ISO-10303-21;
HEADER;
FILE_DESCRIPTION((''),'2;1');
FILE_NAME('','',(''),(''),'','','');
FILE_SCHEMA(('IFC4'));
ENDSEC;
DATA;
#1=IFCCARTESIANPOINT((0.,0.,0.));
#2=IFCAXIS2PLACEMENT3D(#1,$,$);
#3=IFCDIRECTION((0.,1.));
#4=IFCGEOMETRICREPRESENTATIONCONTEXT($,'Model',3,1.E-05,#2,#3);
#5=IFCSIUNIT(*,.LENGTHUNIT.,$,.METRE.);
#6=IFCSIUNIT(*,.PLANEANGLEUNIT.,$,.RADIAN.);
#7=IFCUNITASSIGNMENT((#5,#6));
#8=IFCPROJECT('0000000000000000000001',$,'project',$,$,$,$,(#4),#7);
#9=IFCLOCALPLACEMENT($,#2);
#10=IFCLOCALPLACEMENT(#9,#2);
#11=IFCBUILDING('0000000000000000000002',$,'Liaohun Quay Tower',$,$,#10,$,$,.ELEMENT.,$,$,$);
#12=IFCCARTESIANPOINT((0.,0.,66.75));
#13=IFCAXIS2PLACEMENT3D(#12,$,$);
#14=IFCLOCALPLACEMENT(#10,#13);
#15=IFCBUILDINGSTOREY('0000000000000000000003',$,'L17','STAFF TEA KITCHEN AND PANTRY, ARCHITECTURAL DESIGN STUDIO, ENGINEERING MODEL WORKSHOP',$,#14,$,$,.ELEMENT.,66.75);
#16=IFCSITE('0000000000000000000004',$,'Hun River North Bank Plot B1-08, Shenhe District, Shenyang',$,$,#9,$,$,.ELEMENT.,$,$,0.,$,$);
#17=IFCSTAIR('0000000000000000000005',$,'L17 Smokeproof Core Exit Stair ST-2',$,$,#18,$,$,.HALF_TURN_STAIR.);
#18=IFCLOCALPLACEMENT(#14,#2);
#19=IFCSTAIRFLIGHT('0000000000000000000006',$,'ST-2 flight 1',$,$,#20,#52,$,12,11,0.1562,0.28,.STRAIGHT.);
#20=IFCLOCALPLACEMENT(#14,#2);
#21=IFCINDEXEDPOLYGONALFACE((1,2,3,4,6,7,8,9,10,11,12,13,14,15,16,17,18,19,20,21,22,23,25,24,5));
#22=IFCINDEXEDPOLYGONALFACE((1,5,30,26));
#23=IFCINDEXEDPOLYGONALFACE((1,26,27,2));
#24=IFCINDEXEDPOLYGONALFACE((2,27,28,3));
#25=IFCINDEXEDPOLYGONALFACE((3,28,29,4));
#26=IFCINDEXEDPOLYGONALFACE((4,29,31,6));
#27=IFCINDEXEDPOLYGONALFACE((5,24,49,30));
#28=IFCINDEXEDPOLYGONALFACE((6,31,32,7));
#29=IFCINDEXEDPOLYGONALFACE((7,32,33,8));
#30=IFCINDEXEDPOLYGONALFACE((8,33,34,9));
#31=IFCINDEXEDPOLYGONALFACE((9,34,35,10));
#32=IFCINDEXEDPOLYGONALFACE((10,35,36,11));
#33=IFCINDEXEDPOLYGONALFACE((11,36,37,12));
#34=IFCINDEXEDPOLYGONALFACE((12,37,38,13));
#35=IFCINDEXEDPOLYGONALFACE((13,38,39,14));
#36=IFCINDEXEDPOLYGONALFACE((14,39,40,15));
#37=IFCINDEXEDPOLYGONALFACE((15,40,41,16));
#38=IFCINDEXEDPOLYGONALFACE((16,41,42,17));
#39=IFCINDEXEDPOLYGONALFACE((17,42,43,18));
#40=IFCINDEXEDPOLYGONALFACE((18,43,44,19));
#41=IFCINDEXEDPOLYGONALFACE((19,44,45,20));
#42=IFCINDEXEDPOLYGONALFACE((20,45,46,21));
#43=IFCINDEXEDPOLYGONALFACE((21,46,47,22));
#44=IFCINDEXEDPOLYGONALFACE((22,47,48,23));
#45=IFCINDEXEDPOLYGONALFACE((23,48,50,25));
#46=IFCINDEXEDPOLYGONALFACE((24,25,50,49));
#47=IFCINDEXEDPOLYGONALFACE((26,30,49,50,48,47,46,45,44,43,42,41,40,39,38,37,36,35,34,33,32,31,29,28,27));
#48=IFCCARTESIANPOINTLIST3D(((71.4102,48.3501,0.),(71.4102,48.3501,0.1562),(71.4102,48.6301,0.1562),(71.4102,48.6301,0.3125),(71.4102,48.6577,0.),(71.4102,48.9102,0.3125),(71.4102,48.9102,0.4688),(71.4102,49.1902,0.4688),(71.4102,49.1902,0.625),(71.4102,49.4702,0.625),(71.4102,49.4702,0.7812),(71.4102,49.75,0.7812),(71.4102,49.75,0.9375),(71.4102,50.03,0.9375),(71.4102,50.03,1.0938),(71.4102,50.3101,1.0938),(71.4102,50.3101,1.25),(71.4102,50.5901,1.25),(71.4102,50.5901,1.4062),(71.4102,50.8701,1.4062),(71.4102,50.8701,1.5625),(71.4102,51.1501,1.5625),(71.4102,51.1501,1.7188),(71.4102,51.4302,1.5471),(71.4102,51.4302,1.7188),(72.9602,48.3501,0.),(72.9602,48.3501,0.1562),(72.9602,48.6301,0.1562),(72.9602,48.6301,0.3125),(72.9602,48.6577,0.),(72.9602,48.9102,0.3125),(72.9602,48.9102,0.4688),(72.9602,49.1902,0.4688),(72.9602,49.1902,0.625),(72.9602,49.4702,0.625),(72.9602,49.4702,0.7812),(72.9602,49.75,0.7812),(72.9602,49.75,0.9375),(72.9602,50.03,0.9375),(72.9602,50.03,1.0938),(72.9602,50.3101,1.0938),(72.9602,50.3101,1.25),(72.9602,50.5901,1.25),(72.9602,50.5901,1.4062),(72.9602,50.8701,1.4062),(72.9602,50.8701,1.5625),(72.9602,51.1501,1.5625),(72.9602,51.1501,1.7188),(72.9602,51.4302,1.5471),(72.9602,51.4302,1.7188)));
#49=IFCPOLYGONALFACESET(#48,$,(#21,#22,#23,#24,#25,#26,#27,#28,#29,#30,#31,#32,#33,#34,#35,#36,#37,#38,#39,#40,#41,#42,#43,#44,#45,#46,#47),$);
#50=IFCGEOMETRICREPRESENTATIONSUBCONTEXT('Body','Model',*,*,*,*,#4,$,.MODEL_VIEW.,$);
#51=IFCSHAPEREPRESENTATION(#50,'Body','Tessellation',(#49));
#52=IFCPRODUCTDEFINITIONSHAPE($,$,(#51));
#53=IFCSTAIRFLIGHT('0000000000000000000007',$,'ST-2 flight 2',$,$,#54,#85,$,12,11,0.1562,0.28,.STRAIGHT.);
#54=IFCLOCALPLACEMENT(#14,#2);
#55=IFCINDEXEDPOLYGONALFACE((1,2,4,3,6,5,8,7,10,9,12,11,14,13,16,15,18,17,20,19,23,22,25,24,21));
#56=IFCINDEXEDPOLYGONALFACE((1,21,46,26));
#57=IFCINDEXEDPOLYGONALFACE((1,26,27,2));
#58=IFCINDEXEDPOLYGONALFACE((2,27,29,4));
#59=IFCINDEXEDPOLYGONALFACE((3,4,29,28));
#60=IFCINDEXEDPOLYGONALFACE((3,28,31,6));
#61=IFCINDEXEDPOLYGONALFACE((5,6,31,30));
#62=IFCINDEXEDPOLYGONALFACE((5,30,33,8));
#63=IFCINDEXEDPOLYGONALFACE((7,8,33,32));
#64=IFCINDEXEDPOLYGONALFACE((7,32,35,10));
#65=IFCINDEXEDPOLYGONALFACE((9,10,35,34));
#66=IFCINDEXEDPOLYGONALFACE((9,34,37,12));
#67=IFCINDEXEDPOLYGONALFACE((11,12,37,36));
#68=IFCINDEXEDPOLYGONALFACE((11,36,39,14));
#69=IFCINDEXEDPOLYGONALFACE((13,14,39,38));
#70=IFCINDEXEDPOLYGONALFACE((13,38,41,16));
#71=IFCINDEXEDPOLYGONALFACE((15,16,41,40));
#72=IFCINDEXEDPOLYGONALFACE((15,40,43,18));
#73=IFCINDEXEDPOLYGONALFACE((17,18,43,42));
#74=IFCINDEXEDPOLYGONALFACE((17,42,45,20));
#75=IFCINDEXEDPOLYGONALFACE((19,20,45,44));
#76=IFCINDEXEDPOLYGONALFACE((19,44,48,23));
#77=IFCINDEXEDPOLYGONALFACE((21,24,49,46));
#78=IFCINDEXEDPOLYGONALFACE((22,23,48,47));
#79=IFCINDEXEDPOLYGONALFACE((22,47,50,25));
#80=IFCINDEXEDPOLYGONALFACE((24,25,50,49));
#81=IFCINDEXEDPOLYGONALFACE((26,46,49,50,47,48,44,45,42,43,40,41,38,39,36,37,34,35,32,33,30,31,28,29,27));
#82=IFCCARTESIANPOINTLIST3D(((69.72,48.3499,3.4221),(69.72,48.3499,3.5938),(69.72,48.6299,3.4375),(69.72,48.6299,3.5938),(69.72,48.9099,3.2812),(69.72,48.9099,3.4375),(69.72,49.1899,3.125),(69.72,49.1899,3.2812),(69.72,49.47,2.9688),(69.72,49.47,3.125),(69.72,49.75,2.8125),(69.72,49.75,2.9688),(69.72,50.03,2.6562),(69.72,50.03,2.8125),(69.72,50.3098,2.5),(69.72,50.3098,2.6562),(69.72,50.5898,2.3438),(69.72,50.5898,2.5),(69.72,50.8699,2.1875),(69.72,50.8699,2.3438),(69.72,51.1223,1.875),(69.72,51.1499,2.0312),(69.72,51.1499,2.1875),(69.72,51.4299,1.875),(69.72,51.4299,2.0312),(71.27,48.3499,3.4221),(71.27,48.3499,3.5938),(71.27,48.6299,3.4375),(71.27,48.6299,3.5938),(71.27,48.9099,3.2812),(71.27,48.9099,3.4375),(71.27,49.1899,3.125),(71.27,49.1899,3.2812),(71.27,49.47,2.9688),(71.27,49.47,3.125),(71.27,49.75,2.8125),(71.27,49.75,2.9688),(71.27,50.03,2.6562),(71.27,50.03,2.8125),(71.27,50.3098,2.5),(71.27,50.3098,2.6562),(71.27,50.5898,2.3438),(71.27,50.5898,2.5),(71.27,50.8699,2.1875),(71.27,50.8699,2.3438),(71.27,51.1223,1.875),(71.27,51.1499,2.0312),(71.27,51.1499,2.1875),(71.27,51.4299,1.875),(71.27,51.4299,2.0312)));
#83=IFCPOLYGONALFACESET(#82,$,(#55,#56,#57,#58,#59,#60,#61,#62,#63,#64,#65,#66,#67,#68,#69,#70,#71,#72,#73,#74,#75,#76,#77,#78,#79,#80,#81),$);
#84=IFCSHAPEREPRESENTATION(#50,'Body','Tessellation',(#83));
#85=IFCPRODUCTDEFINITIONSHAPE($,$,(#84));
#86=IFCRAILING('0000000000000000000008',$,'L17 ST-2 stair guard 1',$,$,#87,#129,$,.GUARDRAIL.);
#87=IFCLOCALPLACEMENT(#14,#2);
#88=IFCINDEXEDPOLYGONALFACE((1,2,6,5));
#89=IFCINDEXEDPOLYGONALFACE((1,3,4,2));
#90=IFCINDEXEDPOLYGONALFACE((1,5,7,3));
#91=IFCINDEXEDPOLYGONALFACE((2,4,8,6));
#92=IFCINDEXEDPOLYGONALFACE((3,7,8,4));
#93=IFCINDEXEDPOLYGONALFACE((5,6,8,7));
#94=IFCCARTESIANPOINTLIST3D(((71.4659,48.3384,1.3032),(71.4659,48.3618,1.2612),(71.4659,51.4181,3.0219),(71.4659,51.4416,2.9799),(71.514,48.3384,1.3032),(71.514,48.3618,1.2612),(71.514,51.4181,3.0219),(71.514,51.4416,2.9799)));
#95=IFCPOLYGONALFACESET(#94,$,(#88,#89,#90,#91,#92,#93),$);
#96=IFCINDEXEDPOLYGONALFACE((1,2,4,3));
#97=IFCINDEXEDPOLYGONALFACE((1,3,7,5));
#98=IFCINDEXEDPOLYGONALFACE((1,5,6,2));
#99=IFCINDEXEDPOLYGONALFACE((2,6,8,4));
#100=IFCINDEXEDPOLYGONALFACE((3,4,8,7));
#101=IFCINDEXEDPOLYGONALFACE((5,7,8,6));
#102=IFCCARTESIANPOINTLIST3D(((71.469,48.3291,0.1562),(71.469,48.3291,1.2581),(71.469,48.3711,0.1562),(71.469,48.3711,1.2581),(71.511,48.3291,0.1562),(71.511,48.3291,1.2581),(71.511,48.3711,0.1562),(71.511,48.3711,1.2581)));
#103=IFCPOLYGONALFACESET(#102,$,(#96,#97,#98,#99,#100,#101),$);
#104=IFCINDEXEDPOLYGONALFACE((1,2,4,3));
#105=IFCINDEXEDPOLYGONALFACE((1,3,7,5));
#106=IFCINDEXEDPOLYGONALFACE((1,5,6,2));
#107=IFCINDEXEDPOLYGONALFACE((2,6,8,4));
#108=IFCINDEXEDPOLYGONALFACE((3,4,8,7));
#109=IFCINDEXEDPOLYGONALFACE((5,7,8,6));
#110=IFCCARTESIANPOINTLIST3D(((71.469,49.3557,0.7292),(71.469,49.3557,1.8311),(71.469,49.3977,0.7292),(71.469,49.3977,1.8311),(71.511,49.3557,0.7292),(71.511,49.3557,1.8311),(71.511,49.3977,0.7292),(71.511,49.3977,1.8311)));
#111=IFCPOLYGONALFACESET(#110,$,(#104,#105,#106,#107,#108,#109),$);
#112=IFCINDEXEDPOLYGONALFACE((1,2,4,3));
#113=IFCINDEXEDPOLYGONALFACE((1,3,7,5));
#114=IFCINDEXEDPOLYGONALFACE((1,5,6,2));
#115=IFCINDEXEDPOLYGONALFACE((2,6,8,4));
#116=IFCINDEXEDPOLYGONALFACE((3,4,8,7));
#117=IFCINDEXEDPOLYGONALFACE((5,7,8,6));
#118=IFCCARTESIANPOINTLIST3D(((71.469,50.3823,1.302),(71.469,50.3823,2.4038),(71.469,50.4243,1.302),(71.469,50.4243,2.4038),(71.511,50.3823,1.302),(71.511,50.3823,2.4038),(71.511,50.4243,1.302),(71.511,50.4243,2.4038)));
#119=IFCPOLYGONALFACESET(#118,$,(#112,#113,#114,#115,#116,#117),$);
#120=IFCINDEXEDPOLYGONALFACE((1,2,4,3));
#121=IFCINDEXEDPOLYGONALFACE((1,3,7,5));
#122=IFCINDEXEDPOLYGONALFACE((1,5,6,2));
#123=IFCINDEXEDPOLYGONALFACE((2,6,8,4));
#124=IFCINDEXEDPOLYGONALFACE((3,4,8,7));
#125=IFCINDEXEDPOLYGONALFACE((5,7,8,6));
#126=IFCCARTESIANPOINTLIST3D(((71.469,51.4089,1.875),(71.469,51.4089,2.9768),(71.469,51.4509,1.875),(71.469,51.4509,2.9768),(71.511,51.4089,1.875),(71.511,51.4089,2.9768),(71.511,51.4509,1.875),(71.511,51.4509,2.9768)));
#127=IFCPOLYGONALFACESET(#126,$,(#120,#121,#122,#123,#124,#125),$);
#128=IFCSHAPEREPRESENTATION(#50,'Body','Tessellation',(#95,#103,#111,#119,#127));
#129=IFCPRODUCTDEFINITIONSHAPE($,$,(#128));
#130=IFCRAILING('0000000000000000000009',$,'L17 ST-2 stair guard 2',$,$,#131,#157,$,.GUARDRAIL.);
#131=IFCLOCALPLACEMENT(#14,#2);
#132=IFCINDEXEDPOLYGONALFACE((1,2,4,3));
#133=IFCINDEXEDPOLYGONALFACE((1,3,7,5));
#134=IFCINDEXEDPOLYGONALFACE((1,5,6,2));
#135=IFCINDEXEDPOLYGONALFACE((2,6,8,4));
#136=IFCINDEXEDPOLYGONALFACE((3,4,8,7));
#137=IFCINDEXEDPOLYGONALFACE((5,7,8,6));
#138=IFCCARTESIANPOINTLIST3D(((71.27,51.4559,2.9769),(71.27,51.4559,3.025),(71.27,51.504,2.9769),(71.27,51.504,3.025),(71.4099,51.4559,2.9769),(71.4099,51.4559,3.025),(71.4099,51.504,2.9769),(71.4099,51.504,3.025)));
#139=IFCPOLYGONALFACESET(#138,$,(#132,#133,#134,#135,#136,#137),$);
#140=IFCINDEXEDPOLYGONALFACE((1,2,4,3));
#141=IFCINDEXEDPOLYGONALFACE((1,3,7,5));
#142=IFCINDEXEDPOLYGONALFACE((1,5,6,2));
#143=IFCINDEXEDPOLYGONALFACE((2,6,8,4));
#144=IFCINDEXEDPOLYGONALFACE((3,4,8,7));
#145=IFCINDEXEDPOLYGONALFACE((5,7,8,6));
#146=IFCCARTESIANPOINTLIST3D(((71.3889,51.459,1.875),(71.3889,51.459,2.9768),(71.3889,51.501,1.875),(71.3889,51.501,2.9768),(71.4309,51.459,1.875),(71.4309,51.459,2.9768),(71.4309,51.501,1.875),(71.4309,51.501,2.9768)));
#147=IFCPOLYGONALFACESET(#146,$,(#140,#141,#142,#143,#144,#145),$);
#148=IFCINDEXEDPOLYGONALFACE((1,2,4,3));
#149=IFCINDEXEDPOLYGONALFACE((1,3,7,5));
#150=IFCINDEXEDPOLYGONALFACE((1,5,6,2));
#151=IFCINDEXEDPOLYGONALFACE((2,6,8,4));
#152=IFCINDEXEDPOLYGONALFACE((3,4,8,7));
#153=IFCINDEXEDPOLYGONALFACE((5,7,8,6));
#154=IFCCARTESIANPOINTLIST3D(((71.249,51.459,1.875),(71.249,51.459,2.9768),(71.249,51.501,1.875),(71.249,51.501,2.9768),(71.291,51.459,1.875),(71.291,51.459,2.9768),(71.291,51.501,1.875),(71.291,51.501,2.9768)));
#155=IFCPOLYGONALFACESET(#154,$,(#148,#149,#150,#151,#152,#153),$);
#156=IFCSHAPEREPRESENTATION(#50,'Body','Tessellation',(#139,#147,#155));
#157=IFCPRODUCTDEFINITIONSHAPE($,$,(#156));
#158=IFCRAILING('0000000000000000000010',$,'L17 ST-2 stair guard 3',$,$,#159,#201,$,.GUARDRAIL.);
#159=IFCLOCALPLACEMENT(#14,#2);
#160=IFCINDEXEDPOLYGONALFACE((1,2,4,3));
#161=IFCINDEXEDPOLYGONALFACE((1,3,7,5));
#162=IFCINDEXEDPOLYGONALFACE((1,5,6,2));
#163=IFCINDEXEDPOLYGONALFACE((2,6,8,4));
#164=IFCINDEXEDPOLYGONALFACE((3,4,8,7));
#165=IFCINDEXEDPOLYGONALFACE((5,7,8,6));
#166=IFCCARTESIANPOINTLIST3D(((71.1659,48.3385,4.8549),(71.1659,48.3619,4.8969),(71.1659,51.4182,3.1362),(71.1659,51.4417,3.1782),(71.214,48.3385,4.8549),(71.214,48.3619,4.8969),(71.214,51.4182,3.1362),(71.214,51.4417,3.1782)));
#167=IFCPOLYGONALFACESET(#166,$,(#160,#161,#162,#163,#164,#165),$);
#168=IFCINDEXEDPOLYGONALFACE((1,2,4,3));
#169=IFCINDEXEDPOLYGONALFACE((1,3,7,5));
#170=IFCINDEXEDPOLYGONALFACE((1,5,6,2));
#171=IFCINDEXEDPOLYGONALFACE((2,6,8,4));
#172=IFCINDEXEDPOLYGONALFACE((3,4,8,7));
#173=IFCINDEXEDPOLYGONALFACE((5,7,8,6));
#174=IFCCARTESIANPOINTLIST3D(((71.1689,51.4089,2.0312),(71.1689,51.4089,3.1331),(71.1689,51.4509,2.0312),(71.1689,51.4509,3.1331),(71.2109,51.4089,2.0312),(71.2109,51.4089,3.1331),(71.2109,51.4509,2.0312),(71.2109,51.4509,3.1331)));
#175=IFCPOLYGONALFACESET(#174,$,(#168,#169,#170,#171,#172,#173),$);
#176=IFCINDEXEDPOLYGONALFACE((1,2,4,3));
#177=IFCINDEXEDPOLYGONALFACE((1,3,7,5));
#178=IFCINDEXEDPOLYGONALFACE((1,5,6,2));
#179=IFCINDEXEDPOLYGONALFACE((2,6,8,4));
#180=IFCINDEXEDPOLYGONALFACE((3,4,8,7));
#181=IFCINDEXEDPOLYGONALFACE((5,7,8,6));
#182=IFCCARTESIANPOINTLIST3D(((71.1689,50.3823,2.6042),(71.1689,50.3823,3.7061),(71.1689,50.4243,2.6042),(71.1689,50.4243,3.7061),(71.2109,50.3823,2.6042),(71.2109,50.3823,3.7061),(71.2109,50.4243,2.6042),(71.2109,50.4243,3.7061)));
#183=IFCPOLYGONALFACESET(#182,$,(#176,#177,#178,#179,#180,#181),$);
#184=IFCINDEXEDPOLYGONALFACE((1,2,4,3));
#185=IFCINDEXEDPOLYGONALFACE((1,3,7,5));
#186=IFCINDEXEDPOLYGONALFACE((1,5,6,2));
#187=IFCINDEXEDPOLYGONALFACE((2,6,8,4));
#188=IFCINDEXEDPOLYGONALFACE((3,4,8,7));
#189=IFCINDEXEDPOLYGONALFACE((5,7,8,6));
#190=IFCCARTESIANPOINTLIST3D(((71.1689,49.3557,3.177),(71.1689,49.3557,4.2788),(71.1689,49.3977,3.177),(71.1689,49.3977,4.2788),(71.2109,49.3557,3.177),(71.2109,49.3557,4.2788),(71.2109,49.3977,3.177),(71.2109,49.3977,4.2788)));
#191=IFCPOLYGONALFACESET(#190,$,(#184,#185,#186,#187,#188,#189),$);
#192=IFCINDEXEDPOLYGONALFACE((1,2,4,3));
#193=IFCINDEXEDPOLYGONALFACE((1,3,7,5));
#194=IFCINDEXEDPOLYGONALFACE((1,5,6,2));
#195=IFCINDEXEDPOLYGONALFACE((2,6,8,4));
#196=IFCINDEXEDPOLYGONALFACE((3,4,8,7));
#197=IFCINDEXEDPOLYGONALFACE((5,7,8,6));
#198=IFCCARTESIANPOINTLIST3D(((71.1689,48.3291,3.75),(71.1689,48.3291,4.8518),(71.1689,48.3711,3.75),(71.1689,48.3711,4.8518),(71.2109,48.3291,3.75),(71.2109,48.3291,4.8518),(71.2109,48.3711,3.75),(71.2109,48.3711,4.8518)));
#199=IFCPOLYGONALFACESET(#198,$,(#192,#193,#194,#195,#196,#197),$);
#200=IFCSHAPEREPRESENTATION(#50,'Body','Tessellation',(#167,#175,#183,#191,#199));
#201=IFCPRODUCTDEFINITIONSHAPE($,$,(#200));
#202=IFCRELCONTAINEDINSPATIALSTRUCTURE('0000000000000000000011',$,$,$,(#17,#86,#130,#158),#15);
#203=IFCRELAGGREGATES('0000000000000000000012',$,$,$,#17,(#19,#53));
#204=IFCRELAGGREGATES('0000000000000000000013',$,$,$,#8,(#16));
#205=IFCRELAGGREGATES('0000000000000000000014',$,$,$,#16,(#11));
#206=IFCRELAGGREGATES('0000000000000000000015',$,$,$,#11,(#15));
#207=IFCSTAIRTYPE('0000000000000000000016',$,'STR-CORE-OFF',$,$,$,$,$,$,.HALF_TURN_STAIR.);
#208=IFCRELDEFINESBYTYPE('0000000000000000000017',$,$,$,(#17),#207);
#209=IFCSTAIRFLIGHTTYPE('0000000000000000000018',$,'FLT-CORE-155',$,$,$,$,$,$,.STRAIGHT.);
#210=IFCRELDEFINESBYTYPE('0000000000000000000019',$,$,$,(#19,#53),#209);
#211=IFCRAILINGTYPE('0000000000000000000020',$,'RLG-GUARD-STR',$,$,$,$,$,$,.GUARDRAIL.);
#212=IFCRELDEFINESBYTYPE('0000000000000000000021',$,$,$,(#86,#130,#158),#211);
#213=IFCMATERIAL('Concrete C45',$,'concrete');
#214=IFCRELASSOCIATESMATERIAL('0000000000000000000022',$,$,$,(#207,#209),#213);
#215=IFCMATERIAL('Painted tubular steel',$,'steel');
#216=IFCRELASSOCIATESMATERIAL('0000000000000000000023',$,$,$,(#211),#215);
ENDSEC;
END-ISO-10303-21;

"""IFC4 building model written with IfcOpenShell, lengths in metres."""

from ifc_helpers import new_model, si_unit, direction, frame, origin, origin_2d, place, context, subcontext, project, spatial, polyline, rectangle, outline, extrude, material, type_object, element, aggregate, save


model = new_model("IFC4")

# Units and contexts
model_context = context("Model", 3, precision=1e-05, world=origin(), true_north=direction((0.0, 1.0)))
body_context = subcontext(model_context, "Body", "Model", "MODEL_VIEW")
ifc_project = project(units=[si_unit("LENGTHUNIT", "METRE"), si_unit("PLANEANGLEUNIT", "RADIAN")], contexts=[model_context])

# Site, building, storey
site_placement = place(None, origin())
site = spatial("IfcSite", under=ifc_project, at=site_placement, Name="Hun River North Bank Plot B1-08, Shenhe District, Shenyang", CompositionType="ELEMENT", RefElevation=0.0)
building_placement = place(site_placement, origin())
building = spatial("IfcBuilding", under=site, at=building_placement, Name="Liaohun Quay Tower", CompositionType="ELEMENT")
storey_placement = place(building_placement, frame((0.0, 0.0, 66.75)))
storey = spatial("IfcBuildingStorey", under=building, at=storey_placement, Name="L17", Description="STAFF TEA KITCHEN AND PANTRY, ARCHITECTURAL DESIGN STUDIO, ENGINEERING MODEL WORKSHOP", CompositionType="ELEMENT", Elevation=66.75)

# Stair, stair flights
ifc_material_1 = material(Name="Concrete C45", Category="concrete")
stair_type = type_object("IfcStairType", Name="STR-CORE-OFF", PredefinedType="HALF_TURN_STAIR", material=ifc_material_1)
stair_placement = place(storey_placement, origin())
stair = element("IfcStair", 1, at=stair_placement, inside=storey, type_object=stair_type, Name="L17 Smokeproof Core Exit Stair ST-2", PredefinedType="HALF_TURN_STAIR")
stair_flight_type = type_object("IfcStairFlightType", Name="FLT-CORE-155", PredefinedType="STRAIGHT", material=ifc_material_1)
stair_flight_1_placement = place(storey_placement, frame((72.1851, 48.3501, 0.0), z_axis=(0.0, 0.0, 1.0), x_axis=(0.0, 1.0, 0.0)))
stair_flight_1 = element("IfcStairFlight", 2, at=stair_flight_1_placement, type_object=stair_flight_type, Name="ST-2 flight 1", NumberOfRisers=12, NumberOfTreads=11, PredefinedType="STRAIGHT", RiserHeight=0.1562, TreadLength=0.28, context=body_context, shape_type="SweptSolid", body=[
    extrude(outline(polyline([(0.0, 0.0), (0.0, 0.1562), (0.28, 0.1562), (0.28, 0.3125), (0.5601, 0.3125), (0.5601, 0.4688), (0.8401, 0.4688), (0.8401, 0.625), (1.1201, 0.625), (1.1201, 0.7812), (1.3999, 0.7812), (1.3999, 0.9375), (1.6799, 0.9375), (1.6799, 1.0938), (1.96, 1.0938), (1.96, 1.25), (2.24, 1.25), (2.24, 1.4062), (2.52, 1.4062), (2.52, 1.5625), (2.8, 1.5625), (2.8, 1.7188), (3.0801, 1.7188), (3.0801, 1.875), (3.0801, 1.5471), (0.3076, 0.0), (0.0, 0.0)])), frame((0.0, 0.7749, 0.0), z_axis=(0.0, -1.0, 0.0), x_axis=(1.0, 0.0, 0.0)), (0.0, 0.0, 1.0), 1.55),
])
stair_flight_2_placement = place(storey_placement, frame((70.4951, 51.4299, 1.875), z_axis=(0.0, 0.0, 1.0), x_axis=(0.0, -1.0, 0.0)))
stair_flight_2 = element("IfcStairFlight", 3, at=stair_flight_2_placement, type_object=stair_flight_type, Name="ST-2 flight 2", NumberOfRisers=12, NumberOfTreads=11, PredefinedType="STRAIGHT", RiserHeight=0.1562, TreadLength=0.28, context=body_context, shape_type="SweptSolid", body=[
    extrude(outline(polyline([(0.0, 0.0), (0.0, 0.1562), (0.28, 0.1562), (0.28, 0.3125), (0.5601, 0.3125), (0.5601, 0.4688), (0.8401, 0.4688), (0.8401, 0.625), (1.1201, 0.625), (1.1201, 0.7812), (1.3999, 0.7812), (1.3999, 0.9375), (1.6799, 0.9375), (1.6799, 1.0938), (1.96, 1.0938), (1.96, 1.25), (2.24, 1.25), (2.24, 1.4062), (2.52, 1.4062), (2.52, 1.5625), (2.8, 1.5625), (2.8, 1.7188), (3.0801, 1.7188), (3.0801, 1.875), (3.0801, 1.5471), (0.3076, 0.0), (0.0, 0.0)])), frame((0.0, 0.7749, 0.0), z_axis=(0.0, -1.0, 0.0), x_axis=(1.0, 0.0, 0.0)), (0.0, 0.0, 1.0), 1.55),
])
aggregate(stair, [stair_flight_1, stair_flight_2])

# Railings
ifc_material_2 = material(Name="Painted tubular steel", Category="steel")
railing_type_1 = type_object("IfcRailingType", Name="RLG-GUARD-STR", PredefinedType="GUARDRAIL", material=ifc_material_2)
railing_1_placement = place(storey_placement, frame((71.49, 48.3501, 0.1562)))
element("IfcRailing", 4, at=railing_1_placement, inside=storey, type_object=railing_type_1, Name="L17 ST-2 stair guard 1", PredefinedType="GUARDRAIL", context=body_context, shape_type="SweptSolid", body=[
    extrude(rectangle(XDim=0.0481, YDim=0.0481, at=origin_2d()), frame((0.0, 0.0, 1.126), z_axis=(0.0, 0.873225, 0.487317), x_axis=(-1.0, 0.0, 0.0)), (0.0, 0.0, 1.0), 3.5269),
    extrude(rectangle(XDim=0.042, YDim=0.042, at=origin_2d()), origin(), (0.0, 0.0, 1.0), 1.1018),
    extrude(rectangle(XDim=0.042, YDim=0.042, at=origin_2d()), frame((0.0, 1.0266, 0.573)), (0.0, 0.0, 1.0), 1.1018),
    extrude(rectangle(XDim=0.042, YDim=0.042, at=origin_2d()), frame((0.0, 2.0532, 1.1458)), (0.0, 0.0, 1.0), 1.1018),
    extrude(rectangle(XDim=0.042, YDim=0.042, at=origin_2d()), frame((0.0, 3.0798, 1.7188)), (0.0, 0.0, 1.0), 1.1018),
])
railing_2_placement = place(storey_placement, frame((71.4099, 51.48, 1.875)))
element("IfcRailing", 5, at=railing_2_placement, inside=storey, type_object=railing_type_1, Name="L17 ST-2 stair guard 2", PredefinedType="GUARDRAIL", context=body_context, shape_type="SweptSolid", body=[
    extrude(rectangle(XDim=0.0481, YDim=0.0481, at=origin_2d()), frame((0.0, 0.0, 1.126), z_axis=(-1.0, 0.0, 0.0), x_axis=(0.0, -1.0, 0.0)), (0.0, 0.0, 1.0), 0.1399),
    extrude(rectangle(XDim=0.042, YDim=0.042, at=origin_2d()), origin(), (0.0, 0.0, 1.0), 1.1018),
    extrude(rectangle(XDim=0.042, YDim=0.042, at=origin_2d()), frame((-0.1399, 0.0, 0.0)), (0.0, 0.0, 1.0), 1.1018),
])
railing_3_placement = place(storey_placement, frame((71.1899, 51.4299, 2.0312)))
element("IfcRailing", 6, at=railing_3_placement, inside=storey, type_object=railing_type_1, Name="L17 ST-2 stair guard 3", PredefinedType="GUARDRAIL", context=body_context, shape_type="SweptSolid", body=[
    extrude(rectangle(XDim=0.0481, YDim=0.0481, at=origin_2d()), frame((0.0, 0.0, 1.126), z_axis=(0.0, -0.873225, 0.487317), x_axis=(1.0, 0.0, 0.0)), (0.0, 0.0, 1.0), 3.5269),
    extrude(rectangle(XDim=0.042, YDim=0.042, at=origin_2d()), origin(), (0.0, 0.0, 1.0), 1.1018),
    extrude(rectangle(XDim=0.042, YDim=0.042, at=origin_2d()), frame((0.0, -1.0266, 0.573)), (0.0, 0.0, 1.0), 1.1018),
    extrude(rectangle(XDim=0.042, YDim=0.042, at=origin_2d()), frame((0.0, -2.0532, 1.1458)), (0.0, 0.0, 1.0), 1.1018),
    extrude(rectangle(XDim=0.042, YDim=0.042, at=origin_2d()), frame((0.0, -3.0798, 1.7188)), (0.0, 0.0, 1.0), 1.1018),
])

save(model, "model.ifc")
